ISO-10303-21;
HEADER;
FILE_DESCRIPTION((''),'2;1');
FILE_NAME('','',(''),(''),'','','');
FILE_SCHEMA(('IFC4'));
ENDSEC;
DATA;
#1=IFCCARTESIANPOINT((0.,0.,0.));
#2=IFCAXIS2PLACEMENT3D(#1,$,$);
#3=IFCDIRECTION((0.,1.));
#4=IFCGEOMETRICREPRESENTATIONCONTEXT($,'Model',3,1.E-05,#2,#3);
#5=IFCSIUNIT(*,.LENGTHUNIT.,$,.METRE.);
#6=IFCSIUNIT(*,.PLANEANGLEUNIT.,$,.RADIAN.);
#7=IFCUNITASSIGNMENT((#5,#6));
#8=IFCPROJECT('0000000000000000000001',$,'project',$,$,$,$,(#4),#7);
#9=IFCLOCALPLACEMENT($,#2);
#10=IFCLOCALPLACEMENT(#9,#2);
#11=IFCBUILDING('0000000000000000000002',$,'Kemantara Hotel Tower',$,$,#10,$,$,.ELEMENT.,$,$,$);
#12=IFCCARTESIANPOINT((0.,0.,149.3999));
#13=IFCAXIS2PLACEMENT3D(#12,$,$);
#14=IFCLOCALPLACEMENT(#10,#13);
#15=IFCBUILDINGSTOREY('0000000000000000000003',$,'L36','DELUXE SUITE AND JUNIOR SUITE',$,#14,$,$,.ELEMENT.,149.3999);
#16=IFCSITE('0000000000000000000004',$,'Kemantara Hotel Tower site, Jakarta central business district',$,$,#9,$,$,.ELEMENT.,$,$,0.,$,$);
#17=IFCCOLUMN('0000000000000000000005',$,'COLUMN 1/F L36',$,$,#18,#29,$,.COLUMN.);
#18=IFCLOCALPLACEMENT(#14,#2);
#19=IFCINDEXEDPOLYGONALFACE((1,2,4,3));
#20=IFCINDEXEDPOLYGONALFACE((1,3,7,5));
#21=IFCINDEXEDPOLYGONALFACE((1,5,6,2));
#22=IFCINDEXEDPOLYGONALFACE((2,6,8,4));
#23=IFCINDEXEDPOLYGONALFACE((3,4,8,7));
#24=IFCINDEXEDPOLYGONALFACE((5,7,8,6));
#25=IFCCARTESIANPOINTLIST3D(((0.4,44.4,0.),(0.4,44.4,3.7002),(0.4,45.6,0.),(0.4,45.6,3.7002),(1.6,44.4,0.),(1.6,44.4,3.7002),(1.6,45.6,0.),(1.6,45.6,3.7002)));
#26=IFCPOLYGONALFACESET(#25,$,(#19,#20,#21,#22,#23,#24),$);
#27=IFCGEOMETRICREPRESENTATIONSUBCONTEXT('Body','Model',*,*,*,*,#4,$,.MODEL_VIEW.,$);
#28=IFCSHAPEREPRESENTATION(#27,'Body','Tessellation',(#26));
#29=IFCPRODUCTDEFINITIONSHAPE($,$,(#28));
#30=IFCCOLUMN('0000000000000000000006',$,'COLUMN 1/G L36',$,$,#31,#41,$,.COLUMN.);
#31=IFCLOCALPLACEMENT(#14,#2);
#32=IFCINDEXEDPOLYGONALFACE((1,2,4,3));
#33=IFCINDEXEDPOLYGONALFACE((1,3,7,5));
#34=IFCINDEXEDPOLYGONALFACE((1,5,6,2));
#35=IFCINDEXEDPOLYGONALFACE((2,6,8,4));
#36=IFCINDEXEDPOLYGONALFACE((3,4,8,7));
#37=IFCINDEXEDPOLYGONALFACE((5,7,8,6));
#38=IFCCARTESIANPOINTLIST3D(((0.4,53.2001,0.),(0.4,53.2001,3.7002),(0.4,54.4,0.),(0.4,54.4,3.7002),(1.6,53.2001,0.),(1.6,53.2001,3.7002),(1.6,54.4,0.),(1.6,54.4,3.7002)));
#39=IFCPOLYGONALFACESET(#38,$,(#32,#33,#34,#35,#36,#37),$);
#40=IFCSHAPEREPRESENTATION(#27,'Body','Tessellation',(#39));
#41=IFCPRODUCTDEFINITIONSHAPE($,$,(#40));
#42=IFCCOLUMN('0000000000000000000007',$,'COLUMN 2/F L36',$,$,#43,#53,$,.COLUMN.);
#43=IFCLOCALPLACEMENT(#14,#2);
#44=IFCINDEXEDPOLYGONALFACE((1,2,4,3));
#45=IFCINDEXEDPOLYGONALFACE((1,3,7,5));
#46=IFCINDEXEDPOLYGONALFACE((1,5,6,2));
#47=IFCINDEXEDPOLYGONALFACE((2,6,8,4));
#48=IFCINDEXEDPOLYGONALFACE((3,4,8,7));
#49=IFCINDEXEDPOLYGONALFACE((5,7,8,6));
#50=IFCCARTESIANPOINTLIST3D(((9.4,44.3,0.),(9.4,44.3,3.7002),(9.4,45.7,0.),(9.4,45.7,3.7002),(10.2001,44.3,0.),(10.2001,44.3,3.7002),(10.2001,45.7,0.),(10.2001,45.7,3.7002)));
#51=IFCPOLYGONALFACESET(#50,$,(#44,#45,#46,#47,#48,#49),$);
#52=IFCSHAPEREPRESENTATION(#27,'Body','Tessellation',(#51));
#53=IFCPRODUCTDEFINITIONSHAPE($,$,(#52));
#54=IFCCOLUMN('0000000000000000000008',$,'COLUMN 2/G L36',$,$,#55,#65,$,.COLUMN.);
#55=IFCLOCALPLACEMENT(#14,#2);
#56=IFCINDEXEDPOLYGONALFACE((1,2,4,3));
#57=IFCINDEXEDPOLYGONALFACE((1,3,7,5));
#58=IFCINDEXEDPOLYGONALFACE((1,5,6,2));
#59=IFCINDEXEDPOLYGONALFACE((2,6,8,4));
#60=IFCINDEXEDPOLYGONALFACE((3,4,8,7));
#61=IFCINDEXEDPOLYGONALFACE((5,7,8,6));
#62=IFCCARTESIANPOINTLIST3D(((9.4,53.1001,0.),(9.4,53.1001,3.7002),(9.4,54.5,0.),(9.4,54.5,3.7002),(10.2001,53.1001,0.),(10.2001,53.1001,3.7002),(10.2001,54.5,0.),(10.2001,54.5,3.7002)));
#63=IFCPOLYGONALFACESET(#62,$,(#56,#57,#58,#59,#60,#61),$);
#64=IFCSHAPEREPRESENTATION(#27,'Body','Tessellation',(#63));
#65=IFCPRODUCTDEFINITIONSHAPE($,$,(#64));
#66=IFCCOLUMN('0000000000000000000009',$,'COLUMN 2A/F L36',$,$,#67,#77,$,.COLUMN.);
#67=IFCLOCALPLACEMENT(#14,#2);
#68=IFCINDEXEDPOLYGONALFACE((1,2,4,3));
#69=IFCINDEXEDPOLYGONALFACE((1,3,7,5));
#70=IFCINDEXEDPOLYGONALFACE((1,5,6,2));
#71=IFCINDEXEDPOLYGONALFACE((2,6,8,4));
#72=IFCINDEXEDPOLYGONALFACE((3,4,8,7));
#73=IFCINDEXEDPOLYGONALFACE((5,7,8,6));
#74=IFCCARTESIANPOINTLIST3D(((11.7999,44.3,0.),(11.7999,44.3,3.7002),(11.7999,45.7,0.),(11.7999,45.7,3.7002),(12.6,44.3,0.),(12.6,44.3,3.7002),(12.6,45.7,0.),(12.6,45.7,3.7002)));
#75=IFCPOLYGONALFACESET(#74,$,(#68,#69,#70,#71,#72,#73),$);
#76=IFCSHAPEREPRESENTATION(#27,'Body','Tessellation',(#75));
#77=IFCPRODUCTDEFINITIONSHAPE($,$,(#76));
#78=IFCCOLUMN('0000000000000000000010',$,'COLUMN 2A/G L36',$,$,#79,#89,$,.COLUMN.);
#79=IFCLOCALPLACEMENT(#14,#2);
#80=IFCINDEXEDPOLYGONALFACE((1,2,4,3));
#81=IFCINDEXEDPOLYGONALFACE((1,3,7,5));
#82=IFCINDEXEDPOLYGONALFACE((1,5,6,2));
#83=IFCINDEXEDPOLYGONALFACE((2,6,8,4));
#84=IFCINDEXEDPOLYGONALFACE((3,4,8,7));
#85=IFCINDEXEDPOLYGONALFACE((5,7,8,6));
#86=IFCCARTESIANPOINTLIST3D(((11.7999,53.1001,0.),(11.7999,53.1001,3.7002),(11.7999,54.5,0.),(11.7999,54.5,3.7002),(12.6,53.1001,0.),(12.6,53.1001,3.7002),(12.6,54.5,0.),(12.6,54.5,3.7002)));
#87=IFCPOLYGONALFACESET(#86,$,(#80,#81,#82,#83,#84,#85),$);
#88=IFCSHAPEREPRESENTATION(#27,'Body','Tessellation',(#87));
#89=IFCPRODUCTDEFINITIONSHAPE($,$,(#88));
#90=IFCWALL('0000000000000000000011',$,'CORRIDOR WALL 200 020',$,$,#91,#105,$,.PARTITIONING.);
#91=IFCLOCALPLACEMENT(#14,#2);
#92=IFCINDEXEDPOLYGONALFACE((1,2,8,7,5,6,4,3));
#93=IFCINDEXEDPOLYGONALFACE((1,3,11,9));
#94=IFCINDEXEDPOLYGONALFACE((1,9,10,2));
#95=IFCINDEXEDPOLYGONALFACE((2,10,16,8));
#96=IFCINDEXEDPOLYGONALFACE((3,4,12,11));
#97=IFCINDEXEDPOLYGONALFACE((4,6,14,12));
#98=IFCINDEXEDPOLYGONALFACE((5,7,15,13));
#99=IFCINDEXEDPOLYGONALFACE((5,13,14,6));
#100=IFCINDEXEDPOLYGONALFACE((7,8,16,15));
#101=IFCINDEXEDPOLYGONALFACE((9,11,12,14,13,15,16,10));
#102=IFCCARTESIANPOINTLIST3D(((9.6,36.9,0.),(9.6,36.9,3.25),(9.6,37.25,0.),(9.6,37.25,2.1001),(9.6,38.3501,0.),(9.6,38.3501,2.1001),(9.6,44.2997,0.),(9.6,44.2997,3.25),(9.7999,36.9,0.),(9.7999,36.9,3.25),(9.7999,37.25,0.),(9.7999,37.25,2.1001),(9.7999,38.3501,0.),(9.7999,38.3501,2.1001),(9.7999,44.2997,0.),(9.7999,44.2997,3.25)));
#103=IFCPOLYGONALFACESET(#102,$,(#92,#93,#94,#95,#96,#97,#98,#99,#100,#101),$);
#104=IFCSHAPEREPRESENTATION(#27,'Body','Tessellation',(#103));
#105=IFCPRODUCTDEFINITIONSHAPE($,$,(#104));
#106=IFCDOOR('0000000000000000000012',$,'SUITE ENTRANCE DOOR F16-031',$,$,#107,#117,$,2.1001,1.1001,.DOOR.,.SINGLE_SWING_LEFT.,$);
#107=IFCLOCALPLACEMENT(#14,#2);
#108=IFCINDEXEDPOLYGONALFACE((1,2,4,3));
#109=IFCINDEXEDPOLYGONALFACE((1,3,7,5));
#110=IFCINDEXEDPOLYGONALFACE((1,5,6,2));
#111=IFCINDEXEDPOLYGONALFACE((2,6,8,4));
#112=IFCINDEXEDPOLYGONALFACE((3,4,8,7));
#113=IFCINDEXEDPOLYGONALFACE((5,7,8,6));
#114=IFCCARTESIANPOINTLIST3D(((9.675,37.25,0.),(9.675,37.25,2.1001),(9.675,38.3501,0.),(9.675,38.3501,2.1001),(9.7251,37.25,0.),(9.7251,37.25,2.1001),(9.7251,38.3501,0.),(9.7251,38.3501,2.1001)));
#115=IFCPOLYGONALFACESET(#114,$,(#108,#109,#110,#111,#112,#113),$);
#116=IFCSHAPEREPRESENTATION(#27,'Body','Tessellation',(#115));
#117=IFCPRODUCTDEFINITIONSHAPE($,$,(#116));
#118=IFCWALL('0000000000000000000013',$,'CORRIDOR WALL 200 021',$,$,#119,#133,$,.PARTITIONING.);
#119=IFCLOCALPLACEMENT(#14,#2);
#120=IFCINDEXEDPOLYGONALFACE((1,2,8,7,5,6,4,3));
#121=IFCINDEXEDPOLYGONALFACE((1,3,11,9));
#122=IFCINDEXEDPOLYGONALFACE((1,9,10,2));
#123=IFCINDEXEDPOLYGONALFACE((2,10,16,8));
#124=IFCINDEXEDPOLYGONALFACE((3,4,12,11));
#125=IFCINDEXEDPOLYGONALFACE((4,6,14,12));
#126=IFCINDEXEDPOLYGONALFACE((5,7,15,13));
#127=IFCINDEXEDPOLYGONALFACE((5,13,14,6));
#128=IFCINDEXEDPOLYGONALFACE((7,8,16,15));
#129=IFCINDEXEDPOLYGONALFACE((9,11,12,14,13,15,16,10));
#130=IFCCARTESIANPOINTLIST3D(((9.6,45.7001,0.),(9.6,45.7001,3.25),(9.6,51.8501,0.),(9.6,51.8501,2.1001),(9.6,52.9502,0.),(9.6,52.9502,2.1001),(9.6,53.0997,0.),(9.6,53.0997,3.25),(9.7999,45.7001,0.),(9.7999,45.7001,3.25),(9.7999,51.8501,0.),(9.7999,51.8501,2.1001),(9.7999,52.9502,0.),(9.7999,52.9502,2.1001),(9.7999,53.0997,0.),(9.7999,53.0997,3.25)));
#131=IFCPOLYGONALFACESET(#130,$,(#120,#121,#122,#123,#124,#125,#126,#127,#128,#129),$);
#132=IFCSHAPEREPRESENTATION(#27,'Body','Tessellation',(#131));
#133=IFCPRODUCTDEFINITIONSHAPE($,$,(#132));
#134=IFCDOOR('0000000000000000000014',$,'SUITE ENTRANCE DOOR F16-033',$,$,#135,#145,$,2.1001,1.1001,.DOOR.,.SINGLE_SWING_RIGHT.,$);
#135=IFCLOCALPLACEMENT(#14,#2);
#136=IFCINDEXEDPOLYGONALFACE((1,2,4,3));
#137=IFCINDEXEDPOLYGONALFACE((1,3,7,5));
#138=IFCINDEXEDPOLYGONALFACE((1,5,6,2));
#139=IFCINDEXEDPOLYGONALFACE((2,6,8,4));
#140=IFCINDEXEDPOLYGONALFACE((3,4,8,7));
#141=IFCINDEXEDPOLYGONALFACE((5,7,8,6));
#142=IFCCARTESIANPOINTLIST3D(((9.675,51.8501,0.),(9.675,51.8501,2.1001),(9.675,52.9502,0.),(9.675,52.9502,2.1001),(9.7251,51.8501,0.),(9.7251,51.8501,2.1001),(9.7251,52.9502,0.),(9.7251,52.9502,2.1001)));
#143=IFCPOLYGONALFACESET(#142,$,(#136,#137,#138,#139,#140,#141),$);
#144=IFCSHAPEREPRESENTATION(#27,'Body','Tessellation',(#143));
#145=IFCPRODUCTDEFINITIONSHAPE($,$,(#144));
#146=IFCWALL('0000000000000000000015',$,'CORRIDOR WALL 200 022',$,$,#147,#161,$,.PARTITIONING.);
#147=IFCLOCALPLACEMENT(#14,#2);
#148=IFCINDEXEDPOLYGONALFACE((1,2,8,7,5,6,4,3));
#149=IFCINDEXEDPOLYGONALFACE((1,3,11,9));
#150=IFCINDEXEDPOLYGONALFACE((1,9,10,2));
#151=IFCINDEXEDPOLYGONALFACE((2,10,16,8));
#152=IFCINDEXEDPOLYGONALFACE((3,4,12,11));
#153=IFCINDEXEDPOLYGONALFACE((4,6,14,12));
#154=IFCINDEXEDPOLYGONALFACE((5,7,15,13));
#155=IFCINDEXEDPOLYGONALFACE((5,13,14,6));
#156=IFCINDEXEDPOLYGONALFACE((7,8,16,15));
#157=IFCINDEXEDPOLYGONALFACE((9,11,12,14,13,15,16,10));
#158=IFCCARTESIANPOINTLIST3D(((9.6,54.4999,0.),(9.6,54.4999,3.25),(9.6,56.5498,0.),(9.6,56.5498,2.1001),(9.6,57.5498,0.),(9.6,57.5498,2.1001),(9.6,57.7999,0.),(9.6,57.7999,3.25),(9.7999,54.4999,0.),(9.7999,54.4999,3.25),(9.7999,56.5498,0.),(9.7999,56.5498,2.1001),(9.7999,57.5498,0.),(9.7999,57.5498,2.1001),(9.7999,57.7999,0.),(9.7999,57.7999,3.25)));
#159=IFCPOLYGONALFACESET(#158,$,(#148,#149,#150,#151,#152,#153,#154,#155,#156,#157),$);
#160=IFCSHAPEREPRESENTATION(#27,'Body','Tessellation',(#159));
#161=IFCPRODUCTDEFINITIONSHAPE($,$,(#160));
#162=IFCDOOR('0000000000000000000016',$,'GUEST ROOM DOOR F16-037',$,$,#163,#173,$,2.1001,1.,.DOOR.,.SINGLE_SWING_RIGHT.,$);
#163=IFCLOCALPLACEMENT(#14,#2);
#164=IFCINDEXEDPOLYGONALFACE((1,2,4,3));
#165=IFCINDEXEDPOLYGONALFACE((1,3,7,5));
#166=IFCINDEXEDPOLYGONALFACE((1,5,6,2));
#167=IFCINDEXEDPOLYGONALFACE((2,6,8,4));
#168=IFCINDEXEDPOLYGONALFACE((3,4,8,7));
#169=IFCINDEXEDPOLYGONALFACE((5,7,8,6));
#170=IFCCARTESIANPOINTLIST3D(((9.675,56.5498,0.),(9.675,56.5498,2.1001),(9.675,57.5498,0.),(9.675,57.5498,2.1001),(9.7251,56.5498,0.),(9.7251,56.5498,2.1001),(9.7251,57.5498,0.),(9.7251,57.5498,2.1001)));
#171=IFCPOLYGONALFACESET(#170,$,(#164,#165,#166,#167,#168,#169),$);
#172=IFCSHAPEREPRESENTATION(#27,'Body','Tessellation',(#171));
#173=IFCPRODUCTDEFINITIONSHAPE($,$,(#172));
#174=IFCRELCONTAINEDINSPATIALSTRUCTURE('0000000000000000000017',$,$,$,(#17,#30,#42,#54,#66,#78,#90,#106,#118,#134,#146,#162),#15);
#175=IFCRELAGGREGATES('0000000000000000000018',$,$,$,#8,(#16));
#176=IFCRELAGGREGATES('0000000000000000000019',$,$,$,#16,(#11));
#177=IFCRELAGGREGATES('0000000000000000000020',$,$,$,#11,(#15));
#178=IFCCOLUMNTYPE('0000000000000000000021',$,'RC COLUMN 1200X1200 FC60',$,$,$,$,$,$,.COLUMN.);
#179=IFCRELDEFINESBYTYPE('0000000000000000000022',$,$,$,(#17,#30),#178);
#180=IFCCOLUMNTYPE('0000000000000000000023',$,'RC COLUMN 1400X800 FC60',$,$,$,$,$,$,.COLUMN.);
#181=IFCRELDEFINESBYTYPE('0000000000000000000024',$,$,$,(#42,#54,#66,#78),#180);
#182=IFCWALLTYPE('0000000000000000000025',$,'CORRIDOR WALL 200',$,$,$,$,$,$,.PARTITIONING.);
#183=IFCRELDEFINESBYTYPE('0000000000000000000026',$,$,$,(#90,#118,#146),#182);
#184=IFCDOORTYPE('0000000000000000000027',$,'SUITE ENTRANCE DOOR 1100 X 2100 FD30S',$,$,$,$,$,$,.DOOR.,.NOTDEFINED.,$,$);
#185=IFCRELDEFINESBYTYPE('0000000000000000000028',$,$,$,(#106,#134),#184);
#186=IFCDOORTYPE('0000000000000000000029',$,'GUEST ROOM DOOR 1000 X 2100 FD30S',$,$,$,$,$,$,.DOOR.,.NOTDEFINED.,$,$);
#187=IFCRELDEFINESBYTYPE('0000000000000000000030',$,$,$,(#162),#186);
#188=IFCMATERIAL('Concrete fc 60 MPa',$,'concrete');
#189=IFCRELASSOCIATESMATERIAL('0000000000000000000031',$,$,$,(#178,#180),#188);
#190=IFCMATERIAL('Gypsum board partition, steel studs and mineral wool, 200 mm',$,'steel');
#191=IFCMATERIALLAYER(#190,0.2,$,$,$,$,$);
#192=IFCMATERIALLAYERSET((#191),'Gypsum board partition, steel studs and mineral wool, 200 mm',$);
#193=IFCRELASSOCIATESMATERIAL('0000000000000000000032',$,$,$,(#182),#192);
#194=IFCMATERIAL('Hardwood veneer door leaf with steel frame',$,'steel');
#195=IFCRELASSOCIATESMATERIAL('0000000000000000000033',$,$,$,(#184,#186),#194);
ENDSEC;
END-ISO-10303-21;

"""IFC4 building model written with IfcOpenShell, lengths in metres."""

from ifc_helpers import new_model, si_unit, direction, frame, frame_2d, origin, origin_2d, place, context, subcontext, project, spatial, rectangle, extrude, material, layer, layer_set, material_profile, profile_set, type_object, element, fill, save


model = new_model("IFC4")

# Units and contexts
model_context = context("Model", 3, precision=1e-05, world=origin(), true_north=direction((0.0, 1.0)))
body_context = subcontext(model_context, "Body", "Model", "MODEL_VIEW")
ifc_project = project(units=[si_unit("LENGTHUNIT", "METRE"), si_unit("PLANEANGLEUNIT", "RADIAN")], contexts=[model_context])

# Site, building, storey
site_placement = place(None, origin())
site = spatial("IfcSite", under=ifc_project, at=site_placement, Name="Kemantara Hotel Tower site, Jakarta central business district", CompositionType="ELEMENT", RefElevation=0.0)
building_placement = place(site_placement, origin())
building = spatial("IfcBuilding", under=site, at=building_placement, Name="Kemantara Hotel Tower", CompositionType="ELEMENT")
storey_placement = place(building_placement, frame((0.0, 0.0, 149.3999)))
storey = spatial("IfcBuildingStorey", under=building, at=storey_placement, Name="L36", Description="DELUXE SUITE AND JUNIOR SUITE", CompositionType="ELEMENT", Elevation=149.3999)

# Columns
ifc_material_1 = material(Name="Concrete fc 60 MPa", Category="concrete")
ifc_material_profile_1 = material_profile(ifc_material_1, rectangle(XDim=1.2, YDim=1.2, at=origin_2d()), Name="RC 1200X1200")
ifc_profile_set_1 = profile_set([ifc_material_profile_1], Name="Concrete fc 60 MPa")
column_type_1 = type_object("IfcColumnType", Name="RC COLUMN 1200X1200 FC60", PredefinedType="COLUMN", material=ifc_profile_set_1)
for number, where, z_axis, x_axis, name in (
    (1, (1.0, 45.0, 0.0), (0.0, 0.0, 1.0), (1.0, 0.0, 0.0), "COLUMN 1/F L36"),
    (2, (1.0, 53.8, 0.0), (0.0, 0.0, 1.0), (1.0, 0.0, 0.0), "COLUMN 1/G L36"),
):
    element("IfcColumn", number, at=place(storey_placement, frame(where, z_axis=z_axis, x_axis=x_axis)), inside=storey, type_object=column_type_1, Name=name, PredefinedType="COLUMN", context=body_context, shape_type="SweptSolid", body=[
        extrude(rectangle(XDim=1.2, YDim=1.2, at=origin_2d()), origin(), (0.0, 0.0, 1.0), 3.7002),
    ])
ifc_material_profile_2 = material_profile(ifc_material_1, rectangle(XDim=1.3999, YDim=0.8, at=origin_2d()), Name="RC 1400X800")
ifc_profile_set_2 = profile_set([ifc_material_profile_2], Name="Concrete fc 60 MPa")
column_type_2 = type_object("IfcColumnType", Name="RC COLUMN 1400X800 FC60", PredefinedType="COLUMN", material=ifc_profile_set_2)
for number, where, z_axis, x_axis, name in (
    (3, (9.8, 45.0, 0.0), (0.0, 0.0, 1.0), (0.0, 1.0, 0.0), "COLUMN 2/F L36"),
    (4, (9.8, 53.8, 0.0), (0.0, 0.0, 1.0), (0.0, 1.0, 0.0), "COLUMN 2/G L36"),
    (5, (12.2, 45.0, 0.0), (0.0, 0.0, 1.0), (0.0, 1.0, 0.0), "COLUMN 2A/F L36"),
    (6, (12.2, 53.8, 0.0), (0.0, 0.0, 1.0), (0.0, 1.0, 0.0), "COLUMN 2A/G L36"),
):
    element("IfcColumn", number, at=place(storey_placement, frame(where, z_axis=z_axis, x_axis=x_axis)), inside=storey, type_object=column_type_2, Name=name, PredefinedType="COLUMN", context=body_context, shape_type="SweptSolid", body=[
        extrude(rectangle(XDim=1.3999, YDim=0.8, at=origin_2d()), origin(), (0.0, 0.0, 1.0), 3.7002),
    ])

# Walls, openings, doors
ifc_material_2 = material(Name="Gypsum board partition, steel studs and mineral wool, 200 mm", Category="steel")
ifc_layer_1 = layer(ifc_material_2, 0.2)
ifc_layer_set_1 = layer_set([ifc_layer_1], Name="Gypsum board partition, steel studs and mineral wool, 200 mm")
wall_type_1 = type_object("IfcWallType", Name="CORRIDOR WALL 200", PredefinedType="PARTITIONING", material=ifc_layer_set_1)
wall_1_placement = place(storey_placement, frame((9.7, 36.9001, 0.0), z_axis=(0.0, 0.0, 1.0), x_axis=(0.0, 1.0, 0.0)))
wall_1 = element("IfcWall", 7, at=wall_1_placement, inside=storey, type_object=wall_type_1, Name="CORRIDOR WALL 200 020", PredefinedType="PARTITIONING", context=body_context, shape_type="SweptSolid", body=[
    extrude(rectangle(XDim=7.3997, YDim=0.2, at=frame_2d((3.6997, 0.0))), origin(), (0.0, 0.0, 1.0), 3.25),
])
opening_1_placement = place(wall_1_placement, frame((0.3499, 0.0, 0.0)))
opening_1 = element("IfcOpeningElement", 8, at=opening_1_placement, cuts=wall_1, PredefinedType="OPENING", context=body_context, shape_type="SweptSolid", body=[
    extrude(rectangle(XDim=1.1001, YDim=2.1001, at=frame_2d((0.55, 1.05))), frame((0.0, 0.1099, 0.0), z_axis=(0.0, -1.0, 0.0), x_axis=(1.0, 0.0, 0.0)), (0.0, 0.0, 1.0), 0.22),
])
ifc_material_3 = material(Name="Hardwood veneer door leaf with steel frame", Category="steel")
door_type_1 = type_object("IfcDoorType", Name="SUITE ENTRANCE DOOR 1100 X 2100 FD30S", OperationType="NOTDEFINED", PredefinedType="DOOR", material=ifc_material_3)
door_1_placement = place(opening_1_placement, origin())
door_1 = element("IfcDoor", 9, at=door_1_placement, inside=storey, type_object=door_type_1, Name="SUITE ENTRANCE DOOR F16-031", OperationType="SINGLE_SWING_LEFT", OverallHeight=2.1001, OverallWidth=1.1001, PredefinedType="DOOR", context=body_context, shape_type="SweptSolid", body=[
    extrude(rectangle(XDim=1.1001, YDim=2.1001, at=frame_2d((0.55, 1.05))), frame((0.0, 0.0249, 0.0), z_axis=(0.0, -1.0, 0.0), x_axis=(1.0, 0.0, 0.0)), (0.0, 0.0, 1.0), 0.05),
])
fill(opening_1, door_1)
wall_2_placement = place(storey_placement, frame((9.7, 45.7002, 0.0), z_axis=(0.0, 0.0, 1.0), x_axis=(0.0, 1.0, 0.0)))
wall_2 = element("IfcWall", 10, at=wall_2_placement, inside=storey, type_object=wall_type_1, Name="CORRIDOR WALL 200 021", PredefinedType="PARTITIONING", context=body_context, shape_type="SweptSolid", body=[
    extrude(rectangle(XDim=7.3997, YDim=0.2, at=frame_2d((3.6997, 0.0))), origin(), (0.0, 0.0, 1.0), 3.25),
])
opening_2_placement = place(wall_2_placement, frame((6.1499, 0.0, 0.0)))
opening_2 = element("IfcOpeningElement", 11, at=opening_2_placement, cuts=wall_2, PredefinedType="OPENING", context=body_context, shape_type="SweptSolid", body=[
    extrude(rectangle(XDim=1.1001, YDim=2.1001, at=frame_2d((0.55, 1.05))), frame((0.0, 0.1099, 0.0), z_axis=(0.0, -1.0, 0.0), x_axis=(1.0, 0.0, 0.0)), (0.0, 0.0, 1.0), 0.22),
])
door_2_placement = place(opening_2_placement, origin())
door_2 = element("IfcDoor", 12, at=door_2_placement, inside=storey, type_object=door_type_1, Name="SUITE ENTRANCE DOOR F16-033", OperationType="SINGLE_SWING_RIGHT", OverallHeight=2.1001, OverallWidth=1.1001, PredefinedType="DOOR", context=body_context, shape_type="SweptSolid", body=[
    extrude(rectangle(XDim=1.1001, YDim=2.1001, at=frame_2d((0.55, 1.05))), frame((0.0, 0.0249, 0.0), z_axis=(0.0, -1.0, 0.0), x_axis=(1.0, 0.0, 0.0)), (0.0, 0.0, 1.0), 0.05),
])
fill(opening_2, door_2)
wall_3_placement = place(storey_placement, frame((9.7, 54.5, 0.0), z_axis=(0.0, 0.0, 1.0), x_axis=(0.0, 1.0, 0.0)))
wall_3 = element("IfcWall", 13, at=wall_3_placement, inside=storey, type_object=wall_type_1, Name="CORRIDOR WALL 200 022", PredefinedType="PARTITIONING", context=body_context, shape_type="SweptSolid", body=[
    extrude(rectangle(XDim=3.3, YDim=0.2, at=frame_2d((1.6499, 0.0))), origin(), (0.0, 0.0, 1.0), 3.25),
])
opening_3_placement = place(wall_3_placement, frame((2.0498, 0.0, 0.0)))
opening_3 = element("IfcOpeningElement", 14, at=opening_3_placement, cuts=wall_3, PredefinedType="OPENING", context=body_context, shape_type="SweptSolid", body=[
    extrude(rectangle(XDim=1.0, YDim=2.1001, at=frame_2d((0.5, 1.05))), frame((0.0, 0.1099, 0.0), z_axis=(0.0, -1.0, 0.0), x_axis=(1.0, 0.0, 0.0)), (0.0, 0.0, 1.0), 0.22),
])
door_type_2 = type_object("IfcDoorType", Name="GUEST ROOM DOOR 1000 X 2100 FD30S", OperationType="NOTDEFINED", PredefinedType="DOOR", material=ifc_material_3)
door_3_placement = place(opening_3_placement, origin())
door_3 = element("IfcDoor", 15, at=door_3_placement, inside=storey, type_object=door_type_2, Name="GUEST ROOM DOOR F16-037", OperationType="SINGLE_SWING_RIGHT", OverallHeight=2.1001, OverallWidth=1.0, PredefinedType="DOOR", context=body_context, shape_type="SweptSolid", body=[
    extrude(rectangle(XDim=1.0, YDim=2.1001, at=frame_2d((0.5, 1.05))), frame((0.0, 0.0249, 0.0), z_axis=(0.0, -1.0, 0.0), x_axis=(1.0, 0.0, 0.0)), (0.0, 0.0, 1.0), 0.05),
])
fill(opening_3, door_3)

save(model, "model.ifc")
